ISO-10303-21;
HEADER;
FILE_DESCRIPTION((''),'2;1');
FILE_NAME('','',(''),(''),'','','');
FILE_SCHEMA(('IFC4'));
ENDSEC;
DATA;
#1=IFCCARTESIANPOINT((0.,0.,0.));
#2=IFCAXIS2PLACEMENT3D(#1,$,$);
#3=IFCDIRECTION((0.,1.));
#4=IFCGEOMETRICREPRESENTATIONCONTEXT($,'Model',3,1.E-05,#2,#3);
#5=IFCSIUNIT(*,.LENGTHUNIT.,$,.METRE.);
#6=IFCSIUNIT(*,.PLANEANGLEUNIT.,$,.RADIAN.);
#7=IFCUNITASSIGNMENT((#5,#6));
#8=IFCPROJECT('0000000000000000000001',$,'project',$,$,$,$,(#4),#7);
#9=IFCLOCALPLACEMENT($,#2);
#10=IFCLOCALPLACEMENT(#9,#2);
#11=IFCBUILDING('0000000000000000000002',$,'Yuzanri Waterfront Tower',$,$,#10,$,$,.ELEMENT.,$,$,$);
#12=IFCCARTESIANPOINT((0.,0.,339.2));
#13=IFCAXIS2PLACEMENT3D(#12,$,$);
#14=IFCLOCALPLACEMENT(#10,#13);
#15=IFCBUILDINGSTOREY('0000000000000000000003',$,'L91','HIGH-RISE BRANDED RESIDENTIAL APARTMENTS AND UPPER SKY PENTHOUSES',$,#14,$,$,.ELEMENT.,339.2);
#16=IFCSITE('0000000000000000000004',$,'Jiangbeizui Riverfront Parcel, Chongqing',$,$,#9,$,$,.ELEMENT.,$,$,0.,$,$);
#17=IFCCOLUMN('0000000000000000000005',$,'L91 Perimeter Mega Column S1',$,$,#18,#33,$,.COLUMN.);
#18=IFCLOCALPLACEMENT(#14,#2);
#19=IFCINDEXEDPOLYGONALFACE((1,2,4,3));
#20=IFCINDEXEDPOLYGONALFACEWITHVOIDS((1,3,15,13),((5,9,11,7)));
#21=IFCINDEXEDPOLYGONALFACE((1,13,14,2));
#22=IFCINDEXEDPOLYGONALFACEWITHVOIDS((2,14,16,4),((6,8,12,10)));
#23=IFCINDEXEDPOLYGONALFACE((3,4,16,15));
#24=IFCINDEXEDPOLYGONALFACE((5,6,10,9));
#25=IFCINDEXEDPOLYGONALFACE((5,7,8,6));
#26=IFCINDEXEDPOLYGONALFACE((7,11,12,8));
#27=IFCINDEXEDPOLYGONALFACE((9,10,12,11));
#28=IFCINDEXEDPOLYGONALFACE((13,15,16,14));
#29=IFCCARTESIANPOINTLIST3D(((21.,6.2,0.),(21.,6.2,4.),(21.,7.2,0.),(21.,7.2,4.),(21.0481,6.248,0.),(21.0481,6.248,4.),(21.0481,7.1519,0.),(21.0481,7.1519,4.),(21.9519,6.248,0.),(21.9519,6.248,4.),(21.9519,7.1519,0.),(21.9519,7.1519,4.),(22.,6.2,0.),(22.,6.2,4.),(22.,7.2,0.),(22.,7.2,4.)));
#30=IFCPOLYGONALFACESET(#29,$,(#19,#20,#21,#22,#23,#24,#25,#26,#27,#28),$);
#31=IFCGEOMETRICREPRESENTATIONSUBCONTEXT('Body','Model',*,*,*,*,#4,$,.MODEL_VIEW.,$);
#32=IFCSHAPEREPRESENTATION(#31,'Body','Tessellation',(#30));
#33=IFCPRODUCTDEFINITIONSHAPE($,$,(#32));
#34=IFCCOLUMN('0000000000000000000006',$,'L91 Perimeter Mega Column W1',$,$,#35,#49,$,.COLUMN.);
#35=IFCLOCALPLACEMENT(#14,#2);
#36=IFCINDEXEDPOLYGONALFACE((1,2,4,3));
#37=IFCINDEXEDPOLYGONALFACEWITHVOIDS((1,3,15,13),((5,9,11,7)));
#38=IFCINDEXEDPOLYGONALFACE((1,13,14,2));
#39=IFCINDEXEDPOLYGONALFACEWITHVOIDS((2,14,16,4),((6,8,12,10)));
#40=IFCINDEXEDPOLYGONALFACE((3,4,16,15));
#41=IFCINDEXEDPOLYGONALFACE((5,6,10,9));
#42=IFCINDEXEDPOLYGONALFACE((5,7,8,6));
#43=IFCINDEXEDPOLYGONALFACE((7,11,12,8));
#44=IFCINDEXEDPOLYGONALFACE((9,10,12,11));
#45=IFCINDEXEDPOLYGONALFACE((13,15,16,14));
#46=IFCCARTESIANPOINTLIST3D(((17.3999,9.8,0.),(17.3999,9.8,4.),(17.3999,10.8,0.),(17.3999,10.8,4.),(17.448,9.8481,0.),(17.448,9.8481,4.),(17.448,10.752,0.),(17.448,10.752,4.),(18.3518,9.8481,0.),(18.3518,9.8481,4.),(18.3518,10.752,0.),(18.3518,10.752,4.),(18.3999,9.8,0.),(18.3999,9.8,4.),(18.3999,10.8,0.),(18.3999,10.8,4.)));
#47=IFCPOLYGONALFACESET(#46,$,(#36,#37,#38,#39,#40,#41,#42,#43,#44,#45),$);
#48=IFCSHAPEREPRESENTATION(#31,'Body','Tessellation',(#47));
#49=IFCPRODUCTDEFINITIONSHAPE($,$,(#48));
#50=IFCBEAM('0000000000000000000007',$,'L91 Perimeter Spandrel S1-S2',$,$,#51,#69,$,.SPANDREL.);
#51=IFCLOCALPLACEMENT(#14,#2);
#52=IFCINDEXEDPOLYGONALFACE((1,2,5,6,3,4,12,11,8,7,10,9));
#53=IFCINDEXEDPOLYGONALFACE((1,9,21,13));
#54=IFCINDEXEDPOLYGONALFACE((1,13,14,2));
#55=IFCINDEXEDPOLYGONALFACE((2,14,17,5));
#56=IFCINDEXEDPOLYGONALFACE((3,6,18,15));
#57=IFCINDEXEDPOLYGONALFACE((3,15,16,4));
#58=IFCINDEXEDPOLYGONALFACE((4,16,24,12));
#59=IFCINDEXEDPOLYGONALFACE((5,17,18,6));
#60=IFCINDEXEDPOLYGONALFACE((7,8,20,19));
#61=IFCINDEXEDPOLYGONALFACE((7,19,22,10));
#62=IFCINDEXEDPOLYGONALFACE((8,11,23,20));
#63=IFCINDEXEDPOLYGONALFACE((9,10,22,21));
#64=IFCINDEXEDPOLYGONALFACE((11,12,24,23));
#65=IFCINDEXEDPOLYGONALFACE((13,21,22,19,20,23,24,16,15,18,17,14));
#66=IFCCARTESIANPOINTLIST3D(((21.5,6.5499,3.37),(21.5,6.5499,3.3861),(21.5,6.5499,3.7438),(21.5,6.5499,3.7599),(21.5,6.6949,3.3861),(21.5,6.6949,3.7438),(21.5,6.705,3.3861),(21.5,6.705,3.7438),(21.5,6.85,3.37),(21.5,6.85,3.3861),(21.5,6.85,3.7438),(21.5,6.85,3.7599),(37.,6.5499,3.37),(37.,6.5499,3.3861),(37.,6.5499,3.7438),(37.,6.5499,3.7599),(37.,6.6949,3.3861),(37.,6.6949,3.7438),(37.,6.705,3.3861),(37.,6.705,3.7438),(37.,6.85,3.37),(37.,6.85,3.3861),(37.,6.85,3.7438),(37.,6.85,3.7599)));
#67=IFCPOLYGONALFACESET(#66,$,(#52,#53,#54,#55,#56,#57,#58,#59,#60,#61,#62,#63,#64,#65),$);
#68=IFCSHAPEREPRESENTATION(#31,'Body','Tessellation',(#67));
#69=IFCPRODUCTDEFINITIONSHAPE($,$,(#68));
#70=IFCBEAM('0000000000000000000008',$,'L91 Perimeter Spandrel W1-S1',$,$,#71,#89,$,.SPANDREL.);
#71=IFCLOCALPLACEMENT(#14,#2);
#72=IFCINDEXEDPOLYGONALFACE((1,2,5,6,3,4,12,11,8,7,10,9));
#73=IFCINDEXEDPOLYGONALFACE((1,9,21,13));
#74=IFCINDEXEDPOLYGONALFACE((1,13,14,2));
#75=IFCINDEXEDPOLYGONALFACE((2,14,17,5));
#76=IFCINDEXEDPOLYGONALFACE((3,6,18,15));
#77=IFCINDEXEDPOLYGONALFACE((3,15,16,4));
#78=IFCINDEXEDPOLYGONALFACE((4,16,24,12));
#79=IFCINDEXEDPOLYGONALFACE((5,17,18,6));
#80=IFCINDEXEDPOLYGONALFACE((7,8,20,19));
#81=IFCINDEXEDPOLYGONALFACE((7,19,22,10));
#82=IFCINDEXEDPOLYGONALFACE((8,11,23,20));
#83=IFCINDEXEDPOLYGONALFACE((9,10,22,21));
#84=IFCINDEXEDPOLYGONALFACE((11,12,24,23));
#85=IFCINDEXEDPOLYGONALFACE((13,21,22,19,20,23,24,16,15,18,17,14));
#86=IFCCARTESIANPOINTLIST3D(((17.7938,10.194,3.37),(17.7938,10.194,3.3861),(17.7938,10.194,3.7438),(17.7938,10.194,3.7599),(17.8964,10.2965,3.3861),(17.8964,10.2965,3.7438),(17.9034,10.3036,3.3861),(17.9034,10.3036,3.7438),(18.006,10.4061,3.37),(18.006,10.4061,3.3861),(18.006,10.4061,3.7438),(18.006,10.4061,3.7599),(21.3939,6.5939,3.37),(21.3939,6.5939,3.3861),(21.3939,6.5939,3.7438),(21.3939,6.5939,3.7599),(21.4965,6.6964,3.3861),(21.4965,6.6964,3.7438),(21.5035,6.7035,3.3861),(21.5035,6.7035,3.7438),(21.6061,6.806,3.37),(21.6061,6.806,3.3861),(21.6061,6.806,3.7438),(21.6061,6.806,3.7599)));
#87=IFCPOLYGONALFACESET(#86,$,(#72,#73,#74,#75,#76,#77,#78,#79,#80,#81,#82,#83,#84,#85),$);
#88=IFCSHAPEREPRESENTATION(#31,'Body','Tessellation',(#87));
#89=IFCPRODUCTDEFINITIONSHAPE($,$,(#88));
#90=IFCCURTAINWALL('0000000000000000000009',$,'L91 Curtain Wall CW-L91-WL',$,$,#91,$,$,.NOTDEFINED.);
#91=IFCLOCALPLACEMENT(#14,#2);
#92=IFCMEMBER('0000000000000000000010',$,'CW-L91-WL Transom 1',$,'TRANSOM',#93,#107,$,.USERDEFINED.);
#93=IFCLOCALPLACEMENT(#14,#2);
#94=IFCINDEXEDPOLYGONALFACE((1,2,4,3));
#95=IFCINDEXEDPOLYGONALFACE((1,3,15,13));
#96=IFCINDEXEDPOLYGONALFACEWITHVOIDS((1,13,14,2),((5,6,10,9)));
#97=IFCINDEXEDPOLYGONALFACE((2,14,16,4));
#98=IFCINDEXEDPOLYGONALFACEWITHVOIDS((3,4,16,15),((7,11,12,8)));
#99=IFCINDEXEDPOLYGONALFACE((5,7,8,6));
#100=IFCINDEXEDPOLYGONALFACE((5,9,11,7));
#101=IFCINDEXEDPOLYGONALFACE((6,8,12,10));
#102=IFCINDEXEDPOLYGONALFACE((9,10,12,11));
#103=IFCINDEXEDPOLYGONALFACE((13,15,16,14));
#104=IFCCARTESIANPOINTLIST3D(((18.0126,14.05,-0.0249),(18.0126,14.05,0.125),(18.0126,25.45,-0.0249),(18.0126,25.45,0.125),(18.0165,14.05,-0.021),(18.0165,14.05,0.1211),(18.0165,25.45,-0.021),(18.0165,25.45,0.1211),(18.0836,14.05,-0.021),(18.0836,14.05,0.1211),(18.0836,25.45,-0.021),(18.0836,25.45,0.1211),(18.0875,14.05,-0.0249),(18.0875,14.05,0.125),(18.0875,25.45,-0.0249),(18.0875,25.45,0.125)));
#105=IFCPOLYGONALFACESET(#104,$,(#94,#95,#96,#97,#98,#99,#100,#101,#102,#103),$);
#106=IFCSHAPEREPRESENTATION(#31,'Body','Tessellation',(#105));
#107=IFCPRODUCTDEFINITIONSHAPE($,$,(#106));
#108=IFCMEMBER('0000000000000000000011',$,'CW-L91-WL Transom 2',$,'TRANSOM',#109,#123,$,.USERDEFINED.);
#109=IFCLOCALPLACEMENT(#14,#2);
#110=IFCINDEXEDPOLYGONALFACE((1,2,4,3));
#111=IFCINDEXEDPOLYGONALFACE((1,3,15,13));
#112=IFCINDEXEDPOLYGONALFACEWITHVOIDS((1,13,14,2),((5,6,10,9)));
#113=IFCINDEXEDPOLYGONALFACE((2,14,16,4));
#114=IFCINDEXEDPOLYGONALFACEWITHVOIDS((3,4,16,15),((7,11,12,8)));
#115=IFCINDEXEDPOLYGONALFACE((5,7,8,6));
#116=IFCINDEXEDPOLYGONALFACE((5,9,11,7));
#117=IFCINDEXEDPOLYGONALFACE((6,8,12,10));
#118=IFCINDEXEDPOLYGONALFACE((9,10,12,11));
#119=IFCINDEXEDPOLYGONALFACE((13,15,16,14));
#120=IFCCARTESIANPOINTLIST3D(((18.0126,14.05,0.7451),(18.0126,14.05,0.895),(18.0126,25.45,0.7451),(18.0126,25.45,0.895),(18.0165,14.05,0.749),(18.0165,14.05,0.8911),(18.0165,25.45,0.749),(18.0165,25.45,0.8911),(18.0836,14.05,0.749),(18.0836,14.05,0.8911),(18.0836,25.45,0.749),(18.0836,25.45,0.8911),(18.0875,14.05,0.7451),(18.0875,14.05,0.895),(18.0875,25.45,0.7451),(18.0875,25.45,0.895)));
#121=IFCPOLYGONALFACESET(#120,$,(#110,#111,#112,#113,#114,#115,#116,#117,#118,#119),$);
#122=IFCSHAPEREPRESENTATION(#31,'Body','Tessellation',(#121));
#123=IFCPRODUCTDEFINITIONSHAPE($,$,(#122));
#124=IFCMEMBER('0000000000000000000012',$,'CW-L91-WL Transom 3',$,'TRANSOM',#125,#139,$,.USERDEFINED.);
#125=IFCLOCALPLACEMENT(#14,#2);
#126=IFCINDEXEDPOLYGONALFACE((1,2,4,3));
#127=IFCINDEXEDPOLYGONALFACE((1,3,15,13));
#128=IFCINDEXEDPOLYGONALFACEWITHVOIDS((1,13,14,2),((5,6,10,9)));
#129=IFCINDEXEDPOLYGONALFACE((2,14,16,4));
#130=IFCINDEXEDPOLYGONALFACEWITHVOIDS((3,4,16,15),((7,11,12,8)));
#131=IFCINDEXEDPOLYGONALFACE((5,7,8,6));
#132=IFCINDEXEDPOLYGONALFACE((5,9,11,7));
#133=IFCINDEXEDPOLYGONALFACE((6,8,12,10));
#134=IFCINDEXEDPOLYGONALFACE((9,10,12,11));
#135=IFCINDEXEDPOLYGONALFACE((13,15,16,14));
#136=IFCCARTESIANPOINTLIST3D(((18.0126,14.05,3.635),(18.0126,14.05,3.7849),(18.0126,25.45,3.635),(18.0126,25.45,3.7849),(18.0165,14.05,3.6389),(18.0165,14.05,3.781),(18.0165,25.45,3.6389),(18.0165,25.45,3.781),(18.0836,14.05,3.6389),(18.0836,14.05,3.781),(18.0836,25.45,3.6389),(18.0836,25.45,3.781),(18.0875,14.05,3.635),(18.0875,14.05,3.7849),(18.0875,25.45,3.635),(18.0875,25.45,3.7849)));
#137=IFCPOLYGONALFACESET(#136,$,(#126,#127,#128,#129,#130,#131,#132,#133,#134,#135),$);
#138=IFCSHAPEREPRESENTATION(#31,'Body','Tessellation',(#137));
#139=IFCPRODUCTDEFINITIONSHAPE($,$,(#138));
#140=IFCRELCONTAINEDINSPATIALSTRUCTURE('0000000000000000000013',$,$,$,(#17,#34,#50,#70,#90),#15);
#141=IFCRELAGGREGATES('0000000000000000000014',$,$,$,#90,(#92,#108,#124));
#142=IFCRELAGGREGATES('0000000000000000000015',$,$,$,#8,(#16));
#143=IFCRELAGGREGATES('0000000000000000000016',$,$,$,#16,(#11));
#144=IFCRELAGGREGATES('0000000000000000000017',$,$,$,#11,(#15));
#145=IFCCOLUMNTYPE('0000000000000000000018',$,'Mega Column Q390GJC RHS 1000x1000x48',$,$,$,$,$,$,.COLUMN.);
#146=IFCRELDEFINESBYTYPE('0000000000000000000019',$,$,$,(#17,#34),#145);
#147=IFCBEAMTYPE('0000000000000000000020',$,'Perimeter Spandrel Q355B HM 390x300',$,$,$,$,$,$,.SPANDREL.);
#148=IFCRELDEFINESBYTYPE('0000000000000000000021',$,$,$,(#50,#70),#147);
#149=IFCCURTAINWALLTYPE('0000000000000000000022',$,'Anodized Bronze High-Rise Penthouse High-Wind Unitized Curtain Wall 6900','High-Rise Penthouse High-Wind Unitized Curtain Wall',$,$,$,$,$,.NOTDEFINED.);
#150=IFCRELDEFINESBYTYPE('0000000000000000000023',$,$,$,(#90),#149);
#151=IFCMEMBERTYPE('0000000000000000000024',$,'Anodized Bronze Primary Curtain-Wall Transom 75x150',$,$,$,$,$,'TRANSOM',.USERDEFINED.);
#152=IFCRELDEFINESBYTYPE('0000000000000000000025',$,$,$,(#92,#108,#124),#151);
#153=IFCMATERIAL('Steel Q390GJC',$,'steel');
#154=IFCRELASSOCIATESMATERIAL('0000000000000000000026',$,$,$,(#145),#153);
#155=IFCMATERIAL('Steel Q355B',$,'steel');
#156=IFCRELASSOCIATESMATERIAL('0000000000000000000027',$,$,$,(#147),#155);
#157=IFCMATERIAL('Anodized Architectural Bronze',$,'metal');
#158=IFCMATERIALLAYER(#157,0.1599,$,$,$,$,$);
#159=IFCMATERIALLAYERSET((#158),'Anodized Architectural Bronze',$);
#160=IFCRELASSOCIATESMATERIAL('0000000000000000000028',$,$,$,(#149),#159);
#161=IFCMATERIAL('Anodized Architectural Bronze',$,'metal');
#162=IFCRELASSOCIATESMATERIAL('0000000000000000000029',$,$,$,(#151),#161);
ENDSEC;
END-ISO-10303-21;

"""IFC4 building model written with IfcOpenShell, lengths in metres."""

from ifc_helpers import new_model, si_unit, direction, frame, origin, origin_2d, place, context, subcontext, project, spatial, hollow_rectangle, i_section, extrude, source, transform, mapped, material, layer, layer_set, material_profile, profile_set, type_object, element, aggregate, save


model = new_model("IFC4")

# Units and contexts
model_context = context("Model", 3, precision=1e-05, world=origin(), true_north=direction((0.0, 1.0)))
body_context = subcontext(model_context, "Body", "Model", "MODEL_VIEW")
ifc_project = project(units=[si_unit("LENGTHUNIT", "METRE"), si_unit("PLANEANGLEUNIT", "RADIAN")], contexts=[model_context])

# Site, building, storey
site_placement = place(None, origin())
site = spatial("IfcSite", under=ifc_project, at=site_placement, Name="Jiangbeizui Riverfront Parcel, Chongqing", CompositionType="ELEMENT", RefElevation=0.0)
building_placement = place(site_placement, origin())
building = spatial("IfcBuilding", under=site, at=building_placement, Name="Yuzanri Waterfront Tower", CompositionType="ELEMENT")
storey_placement = place(building_placement, frame((0.0, 0.0, 339.2)))
storey = spatial("IfcBuildingStorey", under=building, at=storey_placement, Name="L91", Description="HIGH-RISE BRANDED RESIDENTIAL APARTMENTS AND UPPER SKY PENTHOUSES", CompositionType="ELEMENT", Elevation=339.2)

# Columns
ifc_material_1 = material(Name="Steel Q390GJC", Category="steel")
ifc_material_profile_1 = material_profile(ifc_material_1, hollow_rectangle(XDim=1.0, YDim=1.0, WallThickness=0.0481, at=origin_2d()), Name="RHS 1000x1000x48")
ifc_profile_set_1 = profile_set([ifc_material_profile_1], Name="Steel Q390GJC")
column_type = type_object("IfcColumnType", Name="Mega Column Q390GJC RHS 1000x1000x48", PredefinedType="COLUMN", material=ifc_profile_set_1)
shared_shape_1 = source(origin(), body_context, "Body", "SweptSolid", [
    extrude(hollow_rectangle(XDim=1.0, YDim=1.0, WallThickness=0.0481, at=origin_2d()), origin(), (0.0, 0.0, 1.0), 4.0),
])
for number, where, z_axis, x_axis, name in (
    (1, (21.5, 6.7, 0.0), (0.0, 0.0, 1.0), (1.0, 0.0, 0.0), "L91 Perimeter Mega Column S1"),
    (2, (17.8999, 10.3, 0.0), (0.0, 0.0, 1.0), (1.0, 0.0, 0.0), "L91 Perimeter Mega Column W1"),
):
    element("IfcColumn", number, at=place(storey_placement, frame(where, z_axis=z_axis, x_axis=x_axis)), inside=storey, type_object=column_type, Name=name, PredefinedType="COLUMN", context=body_context, shape_type="MappedRepresentation", body=[
        mapped(shared_shape_1, transform((0.0, 0.0, 0.0), scale=1.0)),
    ])

# Beams
ifc_material_2 = material(Name="Steel Q355B", Category="steel")
ifc_material_profile_2 = material_profile(ifc_material_2, i_section(OverallWidth=0.3, OverallDepth=0.3899, WebThickness=0.01, FlangeThickness=0.0161, at=origin_2d()), Name="HM 390x300x10x16")
ifc_profile_set_2 = profile_set([ifc_material_profile_2], Name="Steel Q355B")
beam_type = type_object("IfcBeamType", Name="Perimeter Spandrel Q355B HM 390x300", PredefinedType="SPANDREL", material=ifc_profile_set_2)
shared_shape_2 = source(origin(), body_context, "Body", "SweptSolid", [
    extrude(i_section(OverallWidth=0.3, OverallDepth=0.3899, WebThickness=0.01, FlangeThickness=0.0161, at=origin_2d()), origin(), (0.0, 0.0, 1.0), 15.5),
])
beam_1_placement = place(storey_placement, frame((21.5, 6.7, 3.5649), z_axis=(1.0, 0.0, 0.0), x_axis=(0.0, 1.0, 0.0)))
element("IfcBeam", 3, at=beam_1_placement, inside=storey, type_object=beam_type, Name="L91 Perimeter Spandrel S1-S2", PredefinedType="SPANDREL", context=body_context, shape_type="MappedRepresentation", body=[
    mapped(shared_shape_2, transform((0.0, 0.0, 0.0), scale=1.0)),
])
shared_shape_3 = source(origin(), body_context, "Body", "SweptSolid", [
    extrude(i_section(OverallWidth=0.3, OverallDepth=0.3899, WebThickness=0.01, FlangeThickness=0.0161, at=origin_2d()), origin(), (0.0, 0.0, 1.0), 5.0913),
])
beam_2_placement = place(storey_placement, frame((17.8999, 10.3, 3.5649), z_axis=(0.707107, -0.707107, 0.0), x_axis=(0.707107, 0.707107, 0.0)))
element("IfcBeam", 4, at=beam_2_placement, inside=storey, type_object=beam_type, Name="L91 Perimeter Spandrel W1-S1", PredefinedType="SPANDREL", context=body_context, shape_type="MappedRepresentation", body=[
    mapped(shared_shape_3, transform((0.0, 0.0, 0.0), scale=1.0)),
])

# Curtain wall, members
ifc_material_3 = material(Name="Anodized Architectural Bronze", Category="metal")
ifc_layer_1 = layer(ifc_material_3, 0.1599)
ifc_layer_set_1 = layer_set([ifc_layer_1], Name="Anodized Architectural Bronze")
curtain_wall_type = type_object("IfcCurtainWallType", Name="Anodized Bronze High-Rise Penthouse High-Wind Unitized Curtain Wall 6900", Description="High-Rise Penthouse High-Wind Unitized Curtain Wall", PredefinedType="NOTDEFINED", material=ifc_layer_set_1)
curtain_wall_placement = place(storey_placement, origin())
curtain_wall = element("IfcCurtainWall", 5, at=curtain_wall_placement, inside=storey, type_object=curtain_wall_type, Name="L91 Curtain Wall CW-L91-WL", PredefinedType="NOTDEFINED")
ifc_material_4 = material(Name="Anodized Architectural Bronze", Category="metal")
ifc_material_profile_3 = material_profile(ifc_material_4, hollow_rectangle(XDim=0.075, YDim=0.1499, WallThickness=0.0039, at=origin_2d()), Name="CWT 75x150")
ifc_profile_set_3 = profile_set([ifc_material_profile_3], Name="Anodized Architectural Bronze")
member_type = type_object("IfcMemberType", Name="Anodized Bronze Primary Curtain-Wall Transom 75x150", ElementType="TRANSOM", PredefinedType="USERDEFINED", material=ifc_profile_set_3)
shared_shape_4 = source(origin(), body_context, "Body", "SweptSolid", [
    extrude(hollow_rectangle(XDim=0.075, YDim=0.1499, WallThickness=0.0039, at=origin_2d()), origin(), (0.0, 0.0, 1.0), 11.3999),
])
member_1_placement = place(storey_placement, frame((18.05, 14.05, 0.05), z_axis=(0.0, 1.0, 0.0), x_axis=(-1.0, 0.0, 0.0)))
member_1 = element("IfcMember", 6, at=member_1_placement, type_object=member_type, Name="CW-L91-WL Transom 1", ObjectType="TRANSOM", PredefinedType="USERDEFINED", context=body_context, shape_type="MappedRepresentation", body=[
    mapped(shared_shape_4, transform((0.0, 0.0, 0.0), scale=1.0)),
])
member_2_placement = place(storey_placement, frame((18.05, 14.05, 0.8201), z_axis=(0.0, 1.0, 0.0), x_axis=(-1.0, 0.0, 0.0)))
member_2 = element("IfcMember", 7, at=member_2_placement, type_object=member_type, Name="CW-L91-WL Transom 2", ObjectType="TRANSOM", PredefinedType="USERDEFINED", context=body_context, shape_type="MappedRepresentation", body=[
    mapped(shared_shape_4, transform((0.0, 0.0, 0.0), scale=1.0)),
])
member_3_placement = place(storey_placement, frame((18.05, 14.05, 3.71), z_axis=(0.0, 1.0, 0.0), x_axis=(-1.0, 0.0, 0.0)))
member_3 = element("IfcMember", 8, at=member_3_placement, type_object=member_type, Name="CW-L91-WL Transom 3", ObjectType="TRANSOM", PredefinedType="USERDEFINED", context=body_context, shape_type="MappedRepresentation", body=[
    mapped(shared_shape_4, transform((0.0, 0.0, 0.0), scale=1.0)),
])
aggregate(curtain_wall, [member_1, member_2, member_3])

save(model, "model.ifc")
